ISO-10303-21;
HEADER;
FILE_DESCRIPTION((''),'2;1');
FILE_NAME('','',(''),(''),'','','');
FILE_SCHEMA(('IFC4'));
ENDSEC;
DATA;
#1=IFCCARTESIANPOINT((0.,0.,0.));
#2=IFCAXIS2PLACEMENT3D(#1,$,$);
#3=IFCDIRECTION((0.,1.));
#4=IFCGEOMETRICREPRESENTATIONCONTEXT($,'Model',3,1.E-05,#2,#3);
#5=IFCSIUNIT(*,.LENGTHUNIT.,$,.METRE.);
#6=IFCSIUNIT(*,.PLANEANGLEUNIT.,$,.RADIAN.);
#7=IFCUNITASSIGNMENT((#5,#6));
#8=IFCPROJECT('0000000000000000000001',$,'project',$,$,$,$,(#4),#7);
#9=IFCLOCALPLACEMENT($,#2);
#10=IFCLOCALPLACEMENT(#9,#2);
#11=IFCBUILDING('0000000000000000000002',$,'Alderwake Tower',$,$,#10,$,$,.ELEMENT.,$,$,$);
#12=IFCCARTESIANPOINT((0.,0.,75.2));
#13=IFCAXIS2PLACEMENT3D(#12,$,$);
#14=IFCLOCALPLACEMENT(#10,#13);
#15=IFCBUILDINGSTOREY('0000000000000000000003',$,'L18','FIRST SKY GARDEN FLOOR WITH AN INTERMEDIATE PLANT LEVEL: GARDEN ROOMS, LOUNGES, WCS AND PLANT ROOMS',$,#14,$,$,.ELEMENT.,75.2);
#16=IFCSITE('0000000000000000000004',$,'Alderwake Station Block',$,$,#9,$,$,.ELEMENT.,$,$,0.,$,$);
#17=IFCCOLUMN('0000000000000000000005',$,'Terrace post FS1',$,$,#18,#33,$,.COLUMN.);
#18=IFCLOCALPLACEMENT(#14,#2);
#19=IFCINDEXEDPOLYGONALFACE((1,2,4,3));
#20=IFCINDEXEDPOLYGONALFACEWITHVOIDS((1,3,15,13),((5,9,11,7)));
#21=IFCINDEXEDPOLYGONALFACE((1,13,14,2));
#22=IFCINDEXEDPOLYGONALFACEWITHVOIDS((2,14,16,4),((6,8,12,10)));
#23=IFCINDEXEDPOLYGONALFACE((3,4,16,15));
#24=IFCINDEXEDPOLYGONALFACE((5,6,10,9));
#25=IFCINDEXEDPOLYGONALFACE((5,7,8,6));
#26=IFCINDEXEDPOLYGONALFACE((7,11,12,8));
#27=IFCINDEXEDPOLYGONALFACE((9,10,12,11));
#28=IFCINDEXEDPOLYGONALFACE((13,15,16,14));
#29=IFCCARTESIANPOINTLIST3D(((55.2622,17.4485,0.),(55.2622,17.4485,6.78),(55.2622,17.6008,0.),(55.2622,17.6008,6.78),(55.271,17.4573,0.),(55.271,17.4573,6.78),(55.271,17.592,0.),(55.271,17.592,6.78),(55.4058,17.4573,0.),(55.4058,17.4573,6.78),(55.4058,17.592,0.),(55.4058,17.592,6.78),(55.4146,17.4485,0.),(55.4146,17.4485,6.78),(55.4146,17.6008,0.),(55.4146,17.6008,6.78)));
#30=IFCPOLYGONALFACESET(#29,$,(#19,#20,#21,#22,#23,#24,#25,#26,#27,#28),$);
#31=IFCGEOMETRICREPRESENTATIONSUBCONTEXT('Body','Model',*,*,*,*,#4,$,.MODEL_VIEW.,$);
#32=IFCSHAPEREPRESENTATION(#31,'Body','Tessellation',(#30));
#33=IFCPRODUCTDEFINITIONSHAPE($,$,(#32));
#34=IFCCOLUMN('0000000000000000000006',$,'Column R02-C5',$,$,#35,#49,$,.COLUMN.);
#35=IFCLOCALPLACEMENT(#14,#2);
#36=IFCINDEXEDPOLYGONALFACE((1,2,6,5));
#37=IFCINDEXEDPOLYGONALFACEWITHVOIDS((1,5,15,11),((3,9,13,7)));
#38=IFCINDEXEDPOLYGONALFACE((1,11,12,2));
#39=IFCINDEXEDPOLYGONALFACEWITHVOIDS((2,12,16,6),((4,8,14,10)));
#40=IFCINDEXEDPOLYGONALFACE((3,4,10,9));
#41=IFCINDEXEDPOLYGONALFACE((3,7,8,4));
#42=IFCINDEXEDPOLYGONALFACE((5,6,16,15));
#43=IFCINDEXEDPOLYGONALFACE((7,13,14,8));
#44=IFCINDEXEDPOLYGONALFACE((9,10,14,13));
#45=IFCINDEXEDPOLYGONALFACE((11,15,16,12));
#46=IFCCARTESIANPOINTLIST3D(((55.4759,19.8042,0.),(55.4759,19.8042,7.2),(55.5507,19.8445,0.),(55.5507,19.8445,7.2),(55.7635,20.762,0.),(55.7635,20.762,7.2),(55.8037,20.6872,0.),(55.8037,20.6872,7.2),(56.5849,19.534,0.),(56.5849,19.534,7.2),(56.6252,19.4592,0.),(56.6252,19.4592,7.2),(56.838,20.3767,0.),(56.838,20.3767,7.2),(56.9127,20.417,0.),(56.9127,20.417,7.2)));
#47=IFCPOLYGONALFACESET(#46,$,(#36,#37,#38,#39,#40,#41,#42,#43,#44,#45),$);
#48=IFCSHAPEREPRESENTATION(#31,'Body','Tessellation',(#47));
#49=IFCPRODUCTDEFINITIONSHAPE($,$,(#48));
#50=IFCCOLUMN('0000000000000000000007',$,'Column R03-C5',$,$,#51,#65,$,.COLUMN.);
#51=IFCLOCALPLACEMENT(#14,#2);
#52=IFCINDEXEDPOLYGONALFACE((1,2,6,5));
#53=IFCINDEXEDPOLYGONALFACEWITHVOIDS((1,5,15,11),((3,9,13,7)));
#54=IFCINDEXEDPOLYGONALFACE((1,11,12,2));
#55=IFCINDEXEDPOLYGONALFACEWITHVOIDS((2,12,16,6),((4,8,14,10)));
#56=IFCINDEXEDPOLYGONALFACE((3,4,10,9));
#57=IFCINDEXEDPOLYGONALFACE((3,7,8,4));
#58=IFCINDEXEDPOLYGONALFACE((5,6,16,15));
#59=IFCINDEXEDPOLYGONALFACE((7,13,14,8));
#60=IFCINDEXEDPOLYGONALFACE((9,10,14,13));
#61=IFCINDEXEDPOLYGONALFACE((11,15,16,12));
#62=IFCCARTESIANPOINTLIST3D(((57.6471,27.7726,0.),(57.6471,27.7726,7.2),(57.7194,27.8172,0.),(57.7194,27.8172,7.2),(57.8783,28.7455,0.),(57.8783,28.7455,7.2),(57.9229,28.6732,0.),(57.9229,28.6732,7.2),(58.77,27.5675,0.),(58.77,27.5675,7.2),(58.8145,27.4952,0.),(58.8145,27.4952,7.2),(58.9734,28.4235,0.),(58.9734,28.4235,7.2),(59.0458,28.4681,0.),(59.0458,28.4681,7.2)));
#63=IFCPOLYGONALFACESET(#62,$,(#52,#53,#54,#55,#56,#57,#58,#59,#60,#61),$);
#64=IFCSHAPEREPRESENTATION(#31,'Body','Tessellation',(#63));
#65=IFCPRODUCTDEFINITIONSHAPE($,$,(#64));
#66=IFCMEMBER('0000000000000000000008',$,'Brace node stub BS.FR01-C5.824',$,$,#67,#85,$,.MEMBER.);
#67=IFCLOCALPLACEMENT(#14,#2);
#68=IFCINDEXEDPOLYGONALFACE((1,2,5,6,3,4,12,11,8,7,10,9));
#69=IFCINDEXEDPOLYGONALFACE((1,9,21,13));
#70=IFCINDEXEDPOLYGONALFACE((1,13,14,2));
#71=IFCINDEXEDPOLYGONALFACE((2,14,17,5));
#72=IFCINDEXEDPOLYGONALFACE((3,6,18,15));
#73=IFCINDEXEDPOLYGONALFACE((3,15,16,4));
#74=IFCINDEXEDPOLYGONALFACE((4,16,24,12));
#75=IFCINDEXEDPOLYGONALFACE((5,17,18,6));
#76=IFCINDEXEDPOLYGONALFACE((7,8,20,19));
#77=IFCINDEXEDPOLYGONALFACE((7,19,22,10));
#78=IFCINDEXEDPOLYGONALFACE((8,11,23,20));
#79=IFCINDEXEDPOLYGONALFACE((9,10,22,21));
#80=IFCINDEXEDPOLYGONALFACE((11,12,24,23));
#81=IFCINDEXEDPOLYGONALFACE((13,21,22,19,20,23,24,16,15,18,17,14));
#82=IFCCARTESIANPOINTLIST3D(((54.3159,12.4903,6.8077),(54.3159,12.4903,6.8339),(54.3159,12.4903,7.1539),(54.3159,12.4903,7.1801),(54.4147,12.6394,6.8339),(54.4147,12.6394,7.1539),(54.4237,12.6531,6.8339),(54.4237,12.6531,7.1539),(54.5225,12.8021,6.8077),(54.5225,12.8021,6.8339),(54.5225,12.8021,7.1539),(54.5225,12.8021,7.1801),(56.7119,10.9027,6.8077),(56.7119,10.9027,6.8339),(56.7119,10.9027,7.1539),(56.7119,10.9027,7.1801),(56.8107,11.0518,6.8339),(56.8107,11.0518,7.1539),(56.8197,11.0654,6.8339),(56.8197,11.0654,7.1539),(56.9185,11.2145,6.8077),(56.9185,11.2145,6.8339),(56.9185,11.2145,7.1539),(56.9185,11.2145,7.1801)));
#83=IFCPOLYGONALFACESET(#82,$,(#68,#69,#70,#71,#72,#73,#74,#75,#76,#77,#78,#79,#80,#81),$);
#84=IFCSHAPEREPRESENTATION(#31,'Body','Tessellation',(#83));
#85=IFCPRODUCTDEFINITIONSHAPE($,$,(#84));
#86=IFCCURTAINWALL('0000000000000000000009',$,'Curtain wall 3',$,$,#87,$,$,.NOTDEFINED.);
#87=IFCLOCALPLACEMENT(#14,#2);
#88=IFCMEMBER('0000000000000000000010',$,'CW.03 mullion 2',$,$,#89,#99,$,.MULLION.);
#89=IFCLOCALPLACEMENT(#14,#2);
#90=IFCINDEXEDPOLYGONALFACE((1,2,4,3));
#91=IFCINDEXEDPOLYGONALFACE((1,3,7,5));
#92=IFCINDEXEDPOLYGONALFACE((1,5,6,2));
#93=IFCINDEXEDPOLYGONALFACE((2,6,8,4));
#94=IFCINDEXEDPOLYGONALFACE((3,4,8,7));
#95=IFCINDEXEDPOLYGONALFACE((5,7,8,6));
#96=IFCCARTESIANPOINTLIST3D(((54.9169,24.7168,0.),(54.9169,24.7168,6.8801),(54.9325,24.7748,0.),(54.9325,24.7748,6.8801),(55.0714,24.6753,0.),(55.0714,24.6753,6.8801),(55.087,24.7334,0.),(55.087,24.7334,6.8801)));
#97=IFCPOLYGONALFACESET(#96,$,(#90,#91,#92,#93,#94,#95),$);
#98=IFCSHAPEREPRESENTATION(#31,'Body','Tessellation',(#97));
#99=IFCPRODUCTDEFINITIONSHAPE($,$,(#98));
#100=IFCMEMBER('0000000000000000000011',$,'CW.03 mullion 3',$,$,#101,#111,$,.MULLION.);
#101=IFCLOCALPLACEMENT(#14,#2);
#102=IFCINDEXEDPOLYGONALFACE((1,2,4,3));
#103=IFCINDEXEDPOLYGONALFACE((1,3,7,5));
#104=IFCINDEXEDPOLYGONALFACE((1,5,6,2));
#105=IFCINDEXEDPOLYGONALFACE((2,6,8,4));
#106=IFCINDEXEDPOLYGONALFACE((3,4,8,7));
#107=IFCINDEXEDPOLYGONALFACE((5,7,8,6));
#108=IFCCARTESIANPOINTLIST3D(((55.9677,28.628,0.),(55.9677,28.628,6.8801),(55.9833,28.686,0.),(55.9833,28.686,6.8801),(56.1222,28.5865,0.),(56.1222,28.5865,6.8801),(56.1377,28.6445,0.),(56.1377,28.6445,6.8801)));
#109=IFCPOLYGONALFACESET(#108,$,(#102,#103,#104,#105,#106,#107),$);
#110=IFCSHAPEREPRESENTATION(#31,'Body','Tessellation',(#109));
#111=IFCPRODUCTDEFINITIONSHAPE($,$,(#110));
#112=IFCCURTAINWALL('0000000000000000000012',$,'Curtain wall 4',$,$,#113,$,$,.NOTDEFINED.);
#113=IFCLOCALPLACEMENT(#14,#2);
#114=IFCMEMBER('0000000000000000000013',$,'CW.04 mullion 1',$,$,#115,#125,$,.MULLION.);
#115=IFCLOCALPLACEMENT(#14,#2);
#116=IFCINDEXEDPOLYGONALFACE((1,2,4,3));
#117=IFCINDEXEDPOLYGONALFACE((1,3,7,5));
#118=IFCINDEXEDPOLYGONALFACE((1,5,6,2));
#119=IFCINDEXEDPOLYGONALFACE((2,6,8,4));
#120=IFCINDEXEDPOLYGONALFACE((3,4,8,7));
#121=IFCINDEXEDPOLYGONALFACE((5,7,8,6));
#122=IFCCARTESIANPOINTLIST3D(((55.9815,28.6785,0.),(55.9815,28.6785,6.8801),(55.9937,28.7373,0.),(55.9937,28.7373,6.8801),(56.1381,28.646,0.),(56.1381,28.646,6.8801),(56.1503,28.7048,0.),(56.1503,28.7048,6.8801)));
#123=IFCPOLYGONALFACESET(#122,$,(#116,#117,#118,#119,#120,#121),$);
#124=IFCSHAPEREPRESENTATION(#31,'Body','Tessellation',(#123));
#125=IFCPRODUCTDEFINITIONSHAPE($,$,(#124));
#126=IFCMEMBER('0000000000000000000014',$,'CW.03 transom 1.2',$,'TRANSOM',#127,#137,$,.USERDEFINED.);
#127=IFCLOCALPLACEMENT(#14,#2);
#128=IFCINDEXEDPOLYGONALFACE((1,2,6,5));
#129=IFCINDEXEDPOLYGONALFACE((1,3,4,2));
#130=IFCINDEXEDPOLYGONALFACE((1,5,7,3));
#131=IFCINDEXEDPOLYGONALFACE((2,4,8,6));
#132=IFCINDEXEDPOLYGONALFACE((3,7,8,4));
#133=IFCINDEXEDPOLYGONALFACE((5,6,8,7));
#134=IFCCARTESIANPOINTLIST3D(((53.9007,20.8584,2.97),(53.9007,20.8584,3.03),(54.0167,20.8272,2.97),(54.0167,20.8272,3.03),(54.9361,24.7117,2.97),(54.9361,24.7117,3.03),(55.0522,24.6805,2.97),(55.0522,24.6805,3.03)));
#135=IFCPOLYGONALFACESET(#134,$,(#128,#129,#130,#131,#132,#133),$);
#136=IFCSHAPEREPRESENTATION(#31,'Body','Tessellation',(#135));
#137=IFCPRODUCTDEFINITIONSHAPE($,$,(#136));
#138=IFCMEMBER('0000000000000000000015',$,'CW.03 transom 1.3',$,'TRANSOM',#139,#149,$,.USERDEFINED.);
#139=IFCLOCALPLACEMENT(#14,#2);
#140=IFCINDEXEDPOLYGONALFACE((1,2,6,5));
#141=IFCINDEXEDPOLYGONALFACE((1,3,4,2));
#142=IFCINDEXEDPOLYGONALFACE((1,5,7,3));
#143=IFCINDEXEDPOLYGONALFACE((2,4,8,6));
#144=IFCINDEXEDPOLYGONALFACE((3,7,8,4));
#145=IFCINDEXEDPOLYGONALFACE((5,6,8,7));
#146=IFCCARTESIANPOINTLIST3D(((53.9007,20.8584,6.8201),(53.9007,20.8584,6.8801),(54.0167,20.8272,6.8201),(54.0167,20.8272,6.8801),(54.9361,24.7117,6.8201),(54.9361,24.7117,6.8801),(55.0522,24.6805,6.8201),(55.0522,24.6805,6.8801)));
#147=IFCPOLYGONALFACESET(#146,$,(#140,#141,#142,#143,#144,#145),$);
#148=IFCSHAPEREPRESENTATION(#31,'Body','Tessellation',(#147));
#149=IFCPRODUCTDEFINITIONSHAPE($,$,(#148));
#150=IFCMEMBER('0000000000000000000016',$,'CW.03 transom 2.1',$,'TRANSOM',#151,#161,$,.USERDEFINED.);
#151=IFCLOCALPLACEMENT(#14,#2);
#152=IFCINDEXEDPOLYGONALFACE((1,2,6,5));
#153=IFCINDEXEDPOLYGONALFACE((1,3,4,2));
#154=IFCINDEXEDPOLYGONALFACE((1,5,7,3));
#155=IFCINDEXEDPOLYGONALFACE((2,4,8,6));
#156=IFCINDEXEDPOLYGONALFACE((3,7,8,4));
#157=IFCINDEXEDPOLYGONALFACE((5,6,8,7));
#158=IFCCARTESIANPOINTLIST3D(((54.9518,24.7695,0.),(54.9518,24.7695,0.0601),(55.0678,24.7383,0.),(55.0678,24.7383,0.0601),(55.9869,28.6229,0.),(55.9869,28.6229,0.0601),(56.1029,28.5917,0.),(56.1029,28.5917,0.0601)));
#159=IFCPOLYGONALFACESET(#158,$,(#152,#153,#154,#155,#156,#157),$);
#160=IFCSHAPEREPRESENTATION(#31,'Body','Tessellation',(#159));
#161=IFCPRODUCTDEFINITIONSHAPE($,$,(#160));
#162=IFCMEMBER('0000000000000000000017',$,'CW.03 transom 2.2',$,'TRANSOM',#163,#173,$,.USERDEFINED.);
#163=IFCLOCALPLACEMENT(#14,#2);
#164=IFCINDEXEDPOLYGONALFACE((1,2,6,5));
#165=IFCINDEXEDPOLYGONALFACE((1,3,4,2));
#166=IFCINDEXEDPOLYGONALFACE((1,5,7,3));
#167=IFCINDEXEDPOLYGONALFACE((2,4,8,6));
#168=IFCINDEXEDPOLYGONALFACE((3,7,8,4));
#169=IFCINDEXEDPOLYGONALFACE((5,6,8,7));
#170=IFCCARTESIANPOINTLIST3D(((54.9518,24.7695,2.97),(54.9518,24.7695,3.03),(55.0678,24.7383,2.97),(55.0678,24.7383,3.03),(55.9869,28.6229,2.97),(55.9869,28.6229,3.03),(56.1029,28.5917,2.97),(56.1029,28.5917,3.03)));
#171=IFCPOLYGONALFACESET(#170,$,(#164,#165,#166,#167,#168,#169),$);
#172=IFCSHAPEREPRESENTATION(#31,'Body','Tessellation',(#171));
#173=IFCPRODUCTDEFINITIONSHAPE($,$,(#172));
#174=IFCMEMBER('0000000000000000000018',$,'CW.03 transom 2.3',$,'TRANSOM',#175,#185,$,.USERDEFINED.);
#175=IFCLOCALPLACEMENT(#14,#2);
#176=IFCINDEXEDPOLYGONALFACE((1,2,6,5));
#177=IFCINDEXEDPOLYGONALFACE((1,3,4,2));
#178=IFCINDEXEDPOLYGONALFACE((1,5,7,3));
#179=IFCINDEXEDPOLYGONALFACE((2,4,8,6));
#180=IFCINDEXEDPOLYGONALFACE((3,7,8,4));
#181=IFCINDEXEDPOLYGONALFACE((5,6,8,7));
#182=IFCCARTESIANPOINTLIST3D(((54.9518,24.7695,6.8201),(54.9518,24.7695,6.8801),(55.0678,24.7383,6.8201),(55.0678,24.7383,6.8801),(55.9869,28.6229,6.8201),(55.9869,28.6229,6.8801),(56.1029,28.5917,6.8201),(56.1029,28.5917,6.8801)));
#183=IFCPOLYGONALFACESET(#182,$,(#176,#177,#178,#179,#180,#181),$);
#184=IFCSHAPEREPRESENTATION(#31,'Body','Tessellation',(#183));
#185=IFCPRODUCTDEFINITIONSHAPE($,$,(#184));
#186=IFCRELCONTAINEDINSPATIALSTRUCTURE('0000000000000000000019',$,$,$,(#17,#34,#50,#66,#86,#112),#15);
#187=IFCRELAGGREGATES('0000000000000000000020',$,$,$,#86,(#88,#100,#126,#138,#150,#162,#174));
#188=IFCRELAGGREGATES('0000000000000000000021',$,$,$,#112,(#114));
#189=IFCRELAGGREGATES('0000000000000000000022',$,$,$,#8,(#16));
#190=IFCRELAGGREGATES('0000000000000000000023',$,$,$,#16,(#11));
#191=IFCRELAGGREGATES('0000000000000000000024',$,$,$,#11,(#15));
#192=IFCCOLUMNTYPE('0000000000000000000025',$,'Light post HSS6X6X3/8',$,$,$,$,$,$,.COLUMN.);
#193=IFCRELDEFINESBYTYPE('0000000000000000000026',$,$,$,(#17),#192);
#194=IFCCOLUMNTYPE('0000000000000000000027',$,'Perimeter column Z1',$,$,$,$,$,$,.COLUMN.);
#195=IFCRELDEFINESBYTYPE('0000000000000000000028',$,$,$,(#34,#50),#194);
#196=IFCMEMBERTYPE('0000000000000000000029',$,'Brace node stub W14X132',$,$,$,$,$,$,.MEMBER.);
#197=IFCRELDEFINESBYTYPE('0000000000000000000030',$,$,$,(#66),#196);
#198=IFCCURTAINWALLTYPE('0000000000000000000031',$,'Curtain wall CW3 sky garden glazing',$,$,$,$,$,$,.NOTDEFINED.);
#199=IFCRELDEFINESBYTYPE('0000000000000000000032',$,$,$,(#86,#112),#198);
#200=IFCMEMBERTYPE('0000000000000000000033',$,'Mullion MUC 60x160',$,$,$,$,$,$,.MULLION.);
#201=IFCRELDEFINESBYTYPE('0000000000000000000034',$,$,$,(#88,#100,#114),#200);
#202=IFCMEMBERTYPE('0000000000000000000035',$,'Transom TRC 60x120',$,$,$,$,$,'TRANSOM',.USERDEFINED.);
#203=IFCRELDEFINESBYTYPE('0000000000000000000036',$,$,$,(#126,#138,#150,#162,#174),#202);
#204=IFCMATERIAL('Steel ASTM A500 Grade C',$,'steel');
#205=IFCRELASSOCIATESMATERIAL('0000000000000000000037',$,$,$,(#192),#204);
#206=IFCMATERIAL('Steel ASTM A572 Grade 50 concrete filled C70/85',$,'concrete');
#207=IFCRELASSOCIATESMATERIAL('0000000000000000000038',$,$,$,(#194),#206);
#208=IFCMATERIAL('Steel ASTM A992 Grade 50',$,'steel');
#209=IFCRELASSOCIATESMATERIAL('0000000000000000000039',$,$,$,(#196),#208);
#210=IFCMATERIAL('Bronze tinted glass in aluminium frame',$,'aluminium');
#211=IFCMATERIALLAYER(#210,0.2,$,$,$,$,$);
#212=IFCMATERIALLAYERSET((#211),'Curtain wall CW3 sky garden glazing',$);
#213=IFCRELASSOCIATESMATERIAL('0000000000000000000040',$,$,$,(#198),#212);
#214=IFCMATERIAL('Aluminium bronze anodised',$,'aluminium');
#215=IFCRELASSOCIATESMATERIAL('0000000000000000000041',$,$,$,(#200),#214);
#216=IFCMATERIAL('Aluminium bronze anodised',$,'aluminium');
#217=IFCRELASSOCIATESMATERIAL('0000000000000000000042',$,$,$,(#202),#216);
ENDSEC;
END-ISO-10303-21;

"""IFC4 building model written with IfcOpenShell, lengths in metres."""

from ifc_helpers import new_model, si_unit, direction, frame, origin, origin_2d, place, context, subcontext, project, spatial, rectangle, hollow_rectangle, i_section, extrude, material, layer, layer_set, material_profile, profile_set, type_object, element, aggregate, save


model = new_model("IFC4")

# Units and contexts
model_context = context("Model", 3, precision=1e-05, world=origin(), true_north=direction((0.0, 1.0)))
body_context = subcontext(model_context, "Body", "Model", "MODEL_VIEW")
ifc_project = project(units=[si_unit("LENGTHUNIT", "METRE"), si_unit("PLANEANGLEUNIT", "RADIAN")], contexts=[model_context])

# Site, building, storey
site_placement = place(None, origin())
site = spatial("IfcSite", under=ifc_project, at=site_placement, Name="Alderwake Station Block", CompositionType="ELEMENT", RefElevation=0.0)
building_placement = place(site_placement, origin())
building = spatial("IfcBuilding", under=site, at=building_placement, Name="Alderwake Tower", CompositionType="ELEMENT")
storey_placement = place(building_placement, frame((0.0, 0.0, 75.2)))
storey = spatial("IfcBuildingStorey", under=building, at=storey_placement, Name="L18", Description="FIRST SKY GARDEN FLOOR WITH AN INTERMEDIATE PLANT LEVEL: GARDEN ROOMS, LOUNGES, WCS AND PLANT ROOMS", CompositionType="ELEMENT", Elevation=75.2)

# Columns
ifc_material_1 = material(Name="Steel ASTM A500 Grade C", Category="steel")
ifc_material_profile_1 = material_profile(ifc_material_1, hollow_rectangle(XDim=0.1523, YDim=0.1523, WallThickness=0.0088, at=origin_2d()), Name="HSS6X6X3/8")
ifc_profile_set_1 = profile_set([ifc_material_profile_1], Name="Steel ASTM A500 Grade C")
column_type_1 = type_object("IfcColumnType", Name="Light post HSS6X6X3/8", PredefinedType="COLUMN", material=ifc_profile_set_1)
column_placement = place(storey_placement, frame((55.3384, 17.5247, 0.0), z_axis=(0.0, 0.0, 1.0), x_axis=(1.0, 0.0, 0.0)))
element("IfcColumn", 1, at=column_placement, inside=storey, type_object=column_type_1, Name="Terrace post FS1", PredefinedType="COLUMN", context=body_context, shape_type="SweptSolid", body=[
    extrude(hollow_rectangle(XDim=0.1523, YDim=0.1523, WallThickness=0.0088, at=origin_2d()), origin(), (0.0, 0.0, 1.0), 6.78),
])
ifc_material_2 = material(Name="Steel ASTM A572 Grade 50 concrete filled C70/85", Category="concrete")
ifc_material_profile_2 = material_profile(ifc_material_2, hollow_rectangle(XDim=1.0, YDim=1.2, WallThickness=0.0601, at=origin_2d()), Name="BOX 1200X1000X60")
ifc_profile_set_2 = profile_set([ifc_material_profile_2], Name="Steel ASTM A572 Grade 50 concrete filled C70/85")
column_type_2 = type_object("IfcColumnType", Name="Perimeter column Z1", PredefinedType="COLUMN", material=ifc_profile_set_2)
for number, where, z_axis, x_axis, name in (
    (2, (56.1943, 20.1106, 0.0), (0.0, 0.0, 1.0), (0.287549, 0.957766, 0.0), "Column R02-C5"),
    (3, (58.3464, 28.1204, 0.0), (0.0, 0.0, 1.0), (0.231222, 0.972901, 0.0), "Column R03-C5"),
):
    element("IfcColumn", number, at=place(storey_placement, frame(where, z_axis=z_axis, x_axis=x_axis)), inside=storey, type_object=column_type_2, Name=name, PredefinedType="COLUMN", context=body_context, shape_type="SweptSolid", body=[
        extrude(hollow_rectangle(XDim=1.0, YDim=1.2, WallThickness=0.0601, at=origin_2d()), origin(), (0.0, 0.0, 1.0), 7.2),
    ])

# Member
ifc_material_3 = material(Name="Steel ASTM A992 Grade 50", Category="steel")
ifc_material_profile_3 = material_profile(ifc_material_3, i_section(OverallWidth=0.374, OverallDepth=0.3723, WebThickness=0.0164, FlangeThickness=0.0261, at=origin_2d()), Name="W14X132")
ifc_profile_set_3 = profile_set([ifc_material_profile_3], Name="Steel ASTM A992 Grade 50")
member_type_1 = type_object("IfcMemberType", Name="Brace node stub W14X132", PredefinedType="MEMBER", material=ifc_profile_set_3)
member_1_placement = place(storey_placement, frame((54.4192, 12.6462, 6.9939), z_axis=(0.833602, -0.552365, 0.0), x_axis=(0.552365, 0.833602, 0.0)))
element("IfcMember", 4, at=member_1_placement, inside=storey, type_object=member_type_1, Name="Brace node stub BS.FR01-C5.824", PredefinedType="MEMBER", context=body_context, shape_type="SweptSolid", body=[
    extrude(i_section(OverallWidth=0.374, OverallDepth=0.3723, WebThickness=0.0164, FlangeThickness=0.0261, at=origin_2d()), origin(), (0.0, 0.0, 1.0), 2.8743),
])

# Curtain wall, members
ifc_material_4 = material(Name="Bronze tinted glass in aluminium frame", Category="aluminium")
ifc_layer_1 = layer(ifc_material_4, 0.2)
ifc_layer_set_1 = layer_set([ifc_layer_1], Name="Curtain wall CW3 sky garden glazing")
curtain_wall_type = type_object("IfcCurtainWallType", Name="Curtain wall CW3 sky garden glazing", PredefinedType="NOTDEFINED", material=ifc_layer_set_1)
curtain_wall_1_placement = place(storey_placement, origin())
curtain_wall_1 = element("IfcCurtainWall", 5, at=curtain_wall_1_placement, inside=storey, type_object=curtain_wall_type, Name="Curtain wall 3", PredefinedType="NOTDEFINED")
ifc_material_5 = material(Name="Aluminium bronze anodised", Category="aluminium")
ifc_material_profile_4 = material_profile(ifc_material_5, rectangle(XDim=0.1599, YDim=0.0601, at=origin_2d()), Name="Mullion MUC 60x160")
ifc_profile_set_4 = profile_set([ifc_material_profile_4], Name="Aluminium bronze anodised")
member_type_2 = type_object("IfcMemberType", Name="Mullion MUC 60x160", PredefinedType="MULLION", material=ifc_profile_set_4)
member_2_placement = place(storey_placement, frame((55.002, 24.7251, 0.0), z_axis=(0.0, 0.0, 1.0), x_axis=(-0.965745, 0.259494, 0.0)))
member_2 = element("IfcMember", 6, at=member_2_placement, type_object=member_type_2, Name="CW.03 mullion 2", PredefinedType="MULLION", context=body_context, shape_type="SweptSolid", body=[
    extrude(rectangle(XDim=0.1599, YDim=0.0601, at=origin_2d()), origin(), (0.0, 0.0, 1.0), 6.8801),
])
member_3_placement = place(storey_placement, frame((56.0527, 28.6362, 0.0), z_axis=(0.0, 0.0, 1.0), x_axis=(-0.965745, 0.259494, 0.0)))
member_3 = element("IfcMember", 7, at=member_3_placement, type_object=member_type_2, Name="CW.03 mullion 3", PredefinedType="MULLION", context=body_context, shape_type="SweptSolid", body=[
    extrude(rectangle(XDim=0.1599, YDim=0.0601, at=origin_2d()), origin(), (0.0, 0.0, 1.0), 6.8801),
])

# Curtain wall, member
curtain_wall_2_placement = place(storey_placement, origin())
curtain_wall_2 = element("IfcCurtainWall", 8, at=curtain_wall_2_placement, inside=storey, type_object=curtain_wall_type, Name="Curtain wall 4", PredefinedType="NOTDEFINED")
member_4_placement = place(storey_placement, frame((56.0659, 28.6917, 0.0), z_axis=(0.0, 0.0, 1.0), x_axis=(-0.979232, 0.202741, 0.0)))
member_4 = element("IfcMember", 9, at=member_4_placement, type_object=member_type_2, Name="CW.04 mullion 1", PredefinedType="MULLION", context=body_context, shape_type="SweptSolid", body=[
    extrude(rectangle(XDim=0.1599, YDim=0.0601, at=origin_2d()), origin(), (0.0, 0.0, 1.0), 6.8801),
])

# Members
ifc_material_6 = material(Name="Aluminium bronze anodised", Category="aluminium")
ifc_material_profile_5 = material_profile(ifc_material_6, rectangle(XDim=0.1201, YDim=0.0601, at=origin_2d()), Name="Transom TRC 60x120")
ifc_profile_set_5 = profile_set([ifc_material_profile_5], Name="Aluminium bronze anodised")
member_type_3 = type_object("IfcMemberType", Name="Transom TRC 60x120", ElementType="TRANSOM", PredefinedType="USERDEFINED", material=ifc_profile_set_5)
member_5_placement = place(storey_placement, frame((53.9587, 20.8428, 3.0), z_axis=(0.259502, 0.965743, 0.0), x_axis=(-0.965743, 0.259502, 0.0)))
member_5 = element("IfcMember", 10, at=member_5_placement, type_object=member_type_3, Name="CW.03 transom 1.2", ObjectType="TRANSOM", PredefinedType="USERDEFINED", context=body_context, shape_type="SweptSolid", body=[
    extrude(rectangle(XDim=0.1201, YDim=0.0601, at=origin_2d()), origin(), (0.0, 0.0, 1.0), 3.99),
])
member_6_placement = place(storey_placement, frame((53.9587, 20.8428, 6.8501), z_axis=(0.259502, 0.965743, 0.0), x_axis=(-0.965743, 0.259502, 0.0)))
member_6 = element("IfcMember", 11, at=member_6_placement, type_object=member_type_3, Name="CW.03 transom 1.3", ObjectType="TRANSOM", PredefinedType="USERDEFINED", context=body_context, shape_type="SweptSolid", body=[
    extrude(rectangle(XDim=0.1201, YDim=0.0601, at=origin_2d()), origin(), (0.0, 0.0, 1.0), 3.99),
])
member_7_placement = place(storey_placement, frame((55.0098, 24.7539, 0.03), z_axis=(0.259445, 0.965758, 0.0), x_axis=(-0.965758, 0.259445, 0.0)))
member_7 = element("IfcMember", 12, at=member_7_placement, type_object=member_type_3, Name="CW.03 transom 2.1", ObjectType="TRANSOM", PredefinedType="USERDEFINED", context=body_context, shape_type="SweptSolid", body=[
    extrude(rectangle(XDim=0.1201, YDim=0.0601, at=origin_2d()), origin(), (0.0, 0.0, 1.0), 3.99),
])
member_8_placement = place(storey_placement, frame((55.0098, 24.7539, 3.0), z_axis=(0.259445, 0.965758, 0.0), x_axis=(-0.965758, 0.259445, 0.0)))
member_8 = element("IfcMember", 13, at=member_8_placement, type_object=member_type_3, Name="CW.03 transom 2.2", ObjectType="TRANSOM", PredefinedType="USERDEFINED", context=body_context, shape_type="SweptSolid", body=[
    extrude(rectangle(XDim=0.1201, YDim=0.0601, at=origin_2d()), origin(), (0.0, 0.0, 1.0), 3.99),
])
member_9_placement = place(storey_placement, frame((55.0098, 24.7539, 6.8501), z_axis=(0.259445, 0.965758, 0.0), x_axis=(-0.965758, 0.259445, 0.0)))
member_9 = element("IfcMember", 14, at=member_9_placement, type_object=member_type_3, Name="CW.03 transom 2.3", ObjectType="TRANSOM", PredefinedType="USERDEFINED", context=body_context, shape_type="SweptSolid", body=[
    extrude(rectangle(XDim=0.1201, YDim=0.0601, at=origin_2d()), origin(), (0.0, 0.0, 1.0), 3.99),
])

aggregate(curtain_wall_1, [member_2, member_3, member_5, member_6, member_7, member_8, member_9])
aggregate(curtain_wall_2, [member_4])

save(model, "model.ifc")
